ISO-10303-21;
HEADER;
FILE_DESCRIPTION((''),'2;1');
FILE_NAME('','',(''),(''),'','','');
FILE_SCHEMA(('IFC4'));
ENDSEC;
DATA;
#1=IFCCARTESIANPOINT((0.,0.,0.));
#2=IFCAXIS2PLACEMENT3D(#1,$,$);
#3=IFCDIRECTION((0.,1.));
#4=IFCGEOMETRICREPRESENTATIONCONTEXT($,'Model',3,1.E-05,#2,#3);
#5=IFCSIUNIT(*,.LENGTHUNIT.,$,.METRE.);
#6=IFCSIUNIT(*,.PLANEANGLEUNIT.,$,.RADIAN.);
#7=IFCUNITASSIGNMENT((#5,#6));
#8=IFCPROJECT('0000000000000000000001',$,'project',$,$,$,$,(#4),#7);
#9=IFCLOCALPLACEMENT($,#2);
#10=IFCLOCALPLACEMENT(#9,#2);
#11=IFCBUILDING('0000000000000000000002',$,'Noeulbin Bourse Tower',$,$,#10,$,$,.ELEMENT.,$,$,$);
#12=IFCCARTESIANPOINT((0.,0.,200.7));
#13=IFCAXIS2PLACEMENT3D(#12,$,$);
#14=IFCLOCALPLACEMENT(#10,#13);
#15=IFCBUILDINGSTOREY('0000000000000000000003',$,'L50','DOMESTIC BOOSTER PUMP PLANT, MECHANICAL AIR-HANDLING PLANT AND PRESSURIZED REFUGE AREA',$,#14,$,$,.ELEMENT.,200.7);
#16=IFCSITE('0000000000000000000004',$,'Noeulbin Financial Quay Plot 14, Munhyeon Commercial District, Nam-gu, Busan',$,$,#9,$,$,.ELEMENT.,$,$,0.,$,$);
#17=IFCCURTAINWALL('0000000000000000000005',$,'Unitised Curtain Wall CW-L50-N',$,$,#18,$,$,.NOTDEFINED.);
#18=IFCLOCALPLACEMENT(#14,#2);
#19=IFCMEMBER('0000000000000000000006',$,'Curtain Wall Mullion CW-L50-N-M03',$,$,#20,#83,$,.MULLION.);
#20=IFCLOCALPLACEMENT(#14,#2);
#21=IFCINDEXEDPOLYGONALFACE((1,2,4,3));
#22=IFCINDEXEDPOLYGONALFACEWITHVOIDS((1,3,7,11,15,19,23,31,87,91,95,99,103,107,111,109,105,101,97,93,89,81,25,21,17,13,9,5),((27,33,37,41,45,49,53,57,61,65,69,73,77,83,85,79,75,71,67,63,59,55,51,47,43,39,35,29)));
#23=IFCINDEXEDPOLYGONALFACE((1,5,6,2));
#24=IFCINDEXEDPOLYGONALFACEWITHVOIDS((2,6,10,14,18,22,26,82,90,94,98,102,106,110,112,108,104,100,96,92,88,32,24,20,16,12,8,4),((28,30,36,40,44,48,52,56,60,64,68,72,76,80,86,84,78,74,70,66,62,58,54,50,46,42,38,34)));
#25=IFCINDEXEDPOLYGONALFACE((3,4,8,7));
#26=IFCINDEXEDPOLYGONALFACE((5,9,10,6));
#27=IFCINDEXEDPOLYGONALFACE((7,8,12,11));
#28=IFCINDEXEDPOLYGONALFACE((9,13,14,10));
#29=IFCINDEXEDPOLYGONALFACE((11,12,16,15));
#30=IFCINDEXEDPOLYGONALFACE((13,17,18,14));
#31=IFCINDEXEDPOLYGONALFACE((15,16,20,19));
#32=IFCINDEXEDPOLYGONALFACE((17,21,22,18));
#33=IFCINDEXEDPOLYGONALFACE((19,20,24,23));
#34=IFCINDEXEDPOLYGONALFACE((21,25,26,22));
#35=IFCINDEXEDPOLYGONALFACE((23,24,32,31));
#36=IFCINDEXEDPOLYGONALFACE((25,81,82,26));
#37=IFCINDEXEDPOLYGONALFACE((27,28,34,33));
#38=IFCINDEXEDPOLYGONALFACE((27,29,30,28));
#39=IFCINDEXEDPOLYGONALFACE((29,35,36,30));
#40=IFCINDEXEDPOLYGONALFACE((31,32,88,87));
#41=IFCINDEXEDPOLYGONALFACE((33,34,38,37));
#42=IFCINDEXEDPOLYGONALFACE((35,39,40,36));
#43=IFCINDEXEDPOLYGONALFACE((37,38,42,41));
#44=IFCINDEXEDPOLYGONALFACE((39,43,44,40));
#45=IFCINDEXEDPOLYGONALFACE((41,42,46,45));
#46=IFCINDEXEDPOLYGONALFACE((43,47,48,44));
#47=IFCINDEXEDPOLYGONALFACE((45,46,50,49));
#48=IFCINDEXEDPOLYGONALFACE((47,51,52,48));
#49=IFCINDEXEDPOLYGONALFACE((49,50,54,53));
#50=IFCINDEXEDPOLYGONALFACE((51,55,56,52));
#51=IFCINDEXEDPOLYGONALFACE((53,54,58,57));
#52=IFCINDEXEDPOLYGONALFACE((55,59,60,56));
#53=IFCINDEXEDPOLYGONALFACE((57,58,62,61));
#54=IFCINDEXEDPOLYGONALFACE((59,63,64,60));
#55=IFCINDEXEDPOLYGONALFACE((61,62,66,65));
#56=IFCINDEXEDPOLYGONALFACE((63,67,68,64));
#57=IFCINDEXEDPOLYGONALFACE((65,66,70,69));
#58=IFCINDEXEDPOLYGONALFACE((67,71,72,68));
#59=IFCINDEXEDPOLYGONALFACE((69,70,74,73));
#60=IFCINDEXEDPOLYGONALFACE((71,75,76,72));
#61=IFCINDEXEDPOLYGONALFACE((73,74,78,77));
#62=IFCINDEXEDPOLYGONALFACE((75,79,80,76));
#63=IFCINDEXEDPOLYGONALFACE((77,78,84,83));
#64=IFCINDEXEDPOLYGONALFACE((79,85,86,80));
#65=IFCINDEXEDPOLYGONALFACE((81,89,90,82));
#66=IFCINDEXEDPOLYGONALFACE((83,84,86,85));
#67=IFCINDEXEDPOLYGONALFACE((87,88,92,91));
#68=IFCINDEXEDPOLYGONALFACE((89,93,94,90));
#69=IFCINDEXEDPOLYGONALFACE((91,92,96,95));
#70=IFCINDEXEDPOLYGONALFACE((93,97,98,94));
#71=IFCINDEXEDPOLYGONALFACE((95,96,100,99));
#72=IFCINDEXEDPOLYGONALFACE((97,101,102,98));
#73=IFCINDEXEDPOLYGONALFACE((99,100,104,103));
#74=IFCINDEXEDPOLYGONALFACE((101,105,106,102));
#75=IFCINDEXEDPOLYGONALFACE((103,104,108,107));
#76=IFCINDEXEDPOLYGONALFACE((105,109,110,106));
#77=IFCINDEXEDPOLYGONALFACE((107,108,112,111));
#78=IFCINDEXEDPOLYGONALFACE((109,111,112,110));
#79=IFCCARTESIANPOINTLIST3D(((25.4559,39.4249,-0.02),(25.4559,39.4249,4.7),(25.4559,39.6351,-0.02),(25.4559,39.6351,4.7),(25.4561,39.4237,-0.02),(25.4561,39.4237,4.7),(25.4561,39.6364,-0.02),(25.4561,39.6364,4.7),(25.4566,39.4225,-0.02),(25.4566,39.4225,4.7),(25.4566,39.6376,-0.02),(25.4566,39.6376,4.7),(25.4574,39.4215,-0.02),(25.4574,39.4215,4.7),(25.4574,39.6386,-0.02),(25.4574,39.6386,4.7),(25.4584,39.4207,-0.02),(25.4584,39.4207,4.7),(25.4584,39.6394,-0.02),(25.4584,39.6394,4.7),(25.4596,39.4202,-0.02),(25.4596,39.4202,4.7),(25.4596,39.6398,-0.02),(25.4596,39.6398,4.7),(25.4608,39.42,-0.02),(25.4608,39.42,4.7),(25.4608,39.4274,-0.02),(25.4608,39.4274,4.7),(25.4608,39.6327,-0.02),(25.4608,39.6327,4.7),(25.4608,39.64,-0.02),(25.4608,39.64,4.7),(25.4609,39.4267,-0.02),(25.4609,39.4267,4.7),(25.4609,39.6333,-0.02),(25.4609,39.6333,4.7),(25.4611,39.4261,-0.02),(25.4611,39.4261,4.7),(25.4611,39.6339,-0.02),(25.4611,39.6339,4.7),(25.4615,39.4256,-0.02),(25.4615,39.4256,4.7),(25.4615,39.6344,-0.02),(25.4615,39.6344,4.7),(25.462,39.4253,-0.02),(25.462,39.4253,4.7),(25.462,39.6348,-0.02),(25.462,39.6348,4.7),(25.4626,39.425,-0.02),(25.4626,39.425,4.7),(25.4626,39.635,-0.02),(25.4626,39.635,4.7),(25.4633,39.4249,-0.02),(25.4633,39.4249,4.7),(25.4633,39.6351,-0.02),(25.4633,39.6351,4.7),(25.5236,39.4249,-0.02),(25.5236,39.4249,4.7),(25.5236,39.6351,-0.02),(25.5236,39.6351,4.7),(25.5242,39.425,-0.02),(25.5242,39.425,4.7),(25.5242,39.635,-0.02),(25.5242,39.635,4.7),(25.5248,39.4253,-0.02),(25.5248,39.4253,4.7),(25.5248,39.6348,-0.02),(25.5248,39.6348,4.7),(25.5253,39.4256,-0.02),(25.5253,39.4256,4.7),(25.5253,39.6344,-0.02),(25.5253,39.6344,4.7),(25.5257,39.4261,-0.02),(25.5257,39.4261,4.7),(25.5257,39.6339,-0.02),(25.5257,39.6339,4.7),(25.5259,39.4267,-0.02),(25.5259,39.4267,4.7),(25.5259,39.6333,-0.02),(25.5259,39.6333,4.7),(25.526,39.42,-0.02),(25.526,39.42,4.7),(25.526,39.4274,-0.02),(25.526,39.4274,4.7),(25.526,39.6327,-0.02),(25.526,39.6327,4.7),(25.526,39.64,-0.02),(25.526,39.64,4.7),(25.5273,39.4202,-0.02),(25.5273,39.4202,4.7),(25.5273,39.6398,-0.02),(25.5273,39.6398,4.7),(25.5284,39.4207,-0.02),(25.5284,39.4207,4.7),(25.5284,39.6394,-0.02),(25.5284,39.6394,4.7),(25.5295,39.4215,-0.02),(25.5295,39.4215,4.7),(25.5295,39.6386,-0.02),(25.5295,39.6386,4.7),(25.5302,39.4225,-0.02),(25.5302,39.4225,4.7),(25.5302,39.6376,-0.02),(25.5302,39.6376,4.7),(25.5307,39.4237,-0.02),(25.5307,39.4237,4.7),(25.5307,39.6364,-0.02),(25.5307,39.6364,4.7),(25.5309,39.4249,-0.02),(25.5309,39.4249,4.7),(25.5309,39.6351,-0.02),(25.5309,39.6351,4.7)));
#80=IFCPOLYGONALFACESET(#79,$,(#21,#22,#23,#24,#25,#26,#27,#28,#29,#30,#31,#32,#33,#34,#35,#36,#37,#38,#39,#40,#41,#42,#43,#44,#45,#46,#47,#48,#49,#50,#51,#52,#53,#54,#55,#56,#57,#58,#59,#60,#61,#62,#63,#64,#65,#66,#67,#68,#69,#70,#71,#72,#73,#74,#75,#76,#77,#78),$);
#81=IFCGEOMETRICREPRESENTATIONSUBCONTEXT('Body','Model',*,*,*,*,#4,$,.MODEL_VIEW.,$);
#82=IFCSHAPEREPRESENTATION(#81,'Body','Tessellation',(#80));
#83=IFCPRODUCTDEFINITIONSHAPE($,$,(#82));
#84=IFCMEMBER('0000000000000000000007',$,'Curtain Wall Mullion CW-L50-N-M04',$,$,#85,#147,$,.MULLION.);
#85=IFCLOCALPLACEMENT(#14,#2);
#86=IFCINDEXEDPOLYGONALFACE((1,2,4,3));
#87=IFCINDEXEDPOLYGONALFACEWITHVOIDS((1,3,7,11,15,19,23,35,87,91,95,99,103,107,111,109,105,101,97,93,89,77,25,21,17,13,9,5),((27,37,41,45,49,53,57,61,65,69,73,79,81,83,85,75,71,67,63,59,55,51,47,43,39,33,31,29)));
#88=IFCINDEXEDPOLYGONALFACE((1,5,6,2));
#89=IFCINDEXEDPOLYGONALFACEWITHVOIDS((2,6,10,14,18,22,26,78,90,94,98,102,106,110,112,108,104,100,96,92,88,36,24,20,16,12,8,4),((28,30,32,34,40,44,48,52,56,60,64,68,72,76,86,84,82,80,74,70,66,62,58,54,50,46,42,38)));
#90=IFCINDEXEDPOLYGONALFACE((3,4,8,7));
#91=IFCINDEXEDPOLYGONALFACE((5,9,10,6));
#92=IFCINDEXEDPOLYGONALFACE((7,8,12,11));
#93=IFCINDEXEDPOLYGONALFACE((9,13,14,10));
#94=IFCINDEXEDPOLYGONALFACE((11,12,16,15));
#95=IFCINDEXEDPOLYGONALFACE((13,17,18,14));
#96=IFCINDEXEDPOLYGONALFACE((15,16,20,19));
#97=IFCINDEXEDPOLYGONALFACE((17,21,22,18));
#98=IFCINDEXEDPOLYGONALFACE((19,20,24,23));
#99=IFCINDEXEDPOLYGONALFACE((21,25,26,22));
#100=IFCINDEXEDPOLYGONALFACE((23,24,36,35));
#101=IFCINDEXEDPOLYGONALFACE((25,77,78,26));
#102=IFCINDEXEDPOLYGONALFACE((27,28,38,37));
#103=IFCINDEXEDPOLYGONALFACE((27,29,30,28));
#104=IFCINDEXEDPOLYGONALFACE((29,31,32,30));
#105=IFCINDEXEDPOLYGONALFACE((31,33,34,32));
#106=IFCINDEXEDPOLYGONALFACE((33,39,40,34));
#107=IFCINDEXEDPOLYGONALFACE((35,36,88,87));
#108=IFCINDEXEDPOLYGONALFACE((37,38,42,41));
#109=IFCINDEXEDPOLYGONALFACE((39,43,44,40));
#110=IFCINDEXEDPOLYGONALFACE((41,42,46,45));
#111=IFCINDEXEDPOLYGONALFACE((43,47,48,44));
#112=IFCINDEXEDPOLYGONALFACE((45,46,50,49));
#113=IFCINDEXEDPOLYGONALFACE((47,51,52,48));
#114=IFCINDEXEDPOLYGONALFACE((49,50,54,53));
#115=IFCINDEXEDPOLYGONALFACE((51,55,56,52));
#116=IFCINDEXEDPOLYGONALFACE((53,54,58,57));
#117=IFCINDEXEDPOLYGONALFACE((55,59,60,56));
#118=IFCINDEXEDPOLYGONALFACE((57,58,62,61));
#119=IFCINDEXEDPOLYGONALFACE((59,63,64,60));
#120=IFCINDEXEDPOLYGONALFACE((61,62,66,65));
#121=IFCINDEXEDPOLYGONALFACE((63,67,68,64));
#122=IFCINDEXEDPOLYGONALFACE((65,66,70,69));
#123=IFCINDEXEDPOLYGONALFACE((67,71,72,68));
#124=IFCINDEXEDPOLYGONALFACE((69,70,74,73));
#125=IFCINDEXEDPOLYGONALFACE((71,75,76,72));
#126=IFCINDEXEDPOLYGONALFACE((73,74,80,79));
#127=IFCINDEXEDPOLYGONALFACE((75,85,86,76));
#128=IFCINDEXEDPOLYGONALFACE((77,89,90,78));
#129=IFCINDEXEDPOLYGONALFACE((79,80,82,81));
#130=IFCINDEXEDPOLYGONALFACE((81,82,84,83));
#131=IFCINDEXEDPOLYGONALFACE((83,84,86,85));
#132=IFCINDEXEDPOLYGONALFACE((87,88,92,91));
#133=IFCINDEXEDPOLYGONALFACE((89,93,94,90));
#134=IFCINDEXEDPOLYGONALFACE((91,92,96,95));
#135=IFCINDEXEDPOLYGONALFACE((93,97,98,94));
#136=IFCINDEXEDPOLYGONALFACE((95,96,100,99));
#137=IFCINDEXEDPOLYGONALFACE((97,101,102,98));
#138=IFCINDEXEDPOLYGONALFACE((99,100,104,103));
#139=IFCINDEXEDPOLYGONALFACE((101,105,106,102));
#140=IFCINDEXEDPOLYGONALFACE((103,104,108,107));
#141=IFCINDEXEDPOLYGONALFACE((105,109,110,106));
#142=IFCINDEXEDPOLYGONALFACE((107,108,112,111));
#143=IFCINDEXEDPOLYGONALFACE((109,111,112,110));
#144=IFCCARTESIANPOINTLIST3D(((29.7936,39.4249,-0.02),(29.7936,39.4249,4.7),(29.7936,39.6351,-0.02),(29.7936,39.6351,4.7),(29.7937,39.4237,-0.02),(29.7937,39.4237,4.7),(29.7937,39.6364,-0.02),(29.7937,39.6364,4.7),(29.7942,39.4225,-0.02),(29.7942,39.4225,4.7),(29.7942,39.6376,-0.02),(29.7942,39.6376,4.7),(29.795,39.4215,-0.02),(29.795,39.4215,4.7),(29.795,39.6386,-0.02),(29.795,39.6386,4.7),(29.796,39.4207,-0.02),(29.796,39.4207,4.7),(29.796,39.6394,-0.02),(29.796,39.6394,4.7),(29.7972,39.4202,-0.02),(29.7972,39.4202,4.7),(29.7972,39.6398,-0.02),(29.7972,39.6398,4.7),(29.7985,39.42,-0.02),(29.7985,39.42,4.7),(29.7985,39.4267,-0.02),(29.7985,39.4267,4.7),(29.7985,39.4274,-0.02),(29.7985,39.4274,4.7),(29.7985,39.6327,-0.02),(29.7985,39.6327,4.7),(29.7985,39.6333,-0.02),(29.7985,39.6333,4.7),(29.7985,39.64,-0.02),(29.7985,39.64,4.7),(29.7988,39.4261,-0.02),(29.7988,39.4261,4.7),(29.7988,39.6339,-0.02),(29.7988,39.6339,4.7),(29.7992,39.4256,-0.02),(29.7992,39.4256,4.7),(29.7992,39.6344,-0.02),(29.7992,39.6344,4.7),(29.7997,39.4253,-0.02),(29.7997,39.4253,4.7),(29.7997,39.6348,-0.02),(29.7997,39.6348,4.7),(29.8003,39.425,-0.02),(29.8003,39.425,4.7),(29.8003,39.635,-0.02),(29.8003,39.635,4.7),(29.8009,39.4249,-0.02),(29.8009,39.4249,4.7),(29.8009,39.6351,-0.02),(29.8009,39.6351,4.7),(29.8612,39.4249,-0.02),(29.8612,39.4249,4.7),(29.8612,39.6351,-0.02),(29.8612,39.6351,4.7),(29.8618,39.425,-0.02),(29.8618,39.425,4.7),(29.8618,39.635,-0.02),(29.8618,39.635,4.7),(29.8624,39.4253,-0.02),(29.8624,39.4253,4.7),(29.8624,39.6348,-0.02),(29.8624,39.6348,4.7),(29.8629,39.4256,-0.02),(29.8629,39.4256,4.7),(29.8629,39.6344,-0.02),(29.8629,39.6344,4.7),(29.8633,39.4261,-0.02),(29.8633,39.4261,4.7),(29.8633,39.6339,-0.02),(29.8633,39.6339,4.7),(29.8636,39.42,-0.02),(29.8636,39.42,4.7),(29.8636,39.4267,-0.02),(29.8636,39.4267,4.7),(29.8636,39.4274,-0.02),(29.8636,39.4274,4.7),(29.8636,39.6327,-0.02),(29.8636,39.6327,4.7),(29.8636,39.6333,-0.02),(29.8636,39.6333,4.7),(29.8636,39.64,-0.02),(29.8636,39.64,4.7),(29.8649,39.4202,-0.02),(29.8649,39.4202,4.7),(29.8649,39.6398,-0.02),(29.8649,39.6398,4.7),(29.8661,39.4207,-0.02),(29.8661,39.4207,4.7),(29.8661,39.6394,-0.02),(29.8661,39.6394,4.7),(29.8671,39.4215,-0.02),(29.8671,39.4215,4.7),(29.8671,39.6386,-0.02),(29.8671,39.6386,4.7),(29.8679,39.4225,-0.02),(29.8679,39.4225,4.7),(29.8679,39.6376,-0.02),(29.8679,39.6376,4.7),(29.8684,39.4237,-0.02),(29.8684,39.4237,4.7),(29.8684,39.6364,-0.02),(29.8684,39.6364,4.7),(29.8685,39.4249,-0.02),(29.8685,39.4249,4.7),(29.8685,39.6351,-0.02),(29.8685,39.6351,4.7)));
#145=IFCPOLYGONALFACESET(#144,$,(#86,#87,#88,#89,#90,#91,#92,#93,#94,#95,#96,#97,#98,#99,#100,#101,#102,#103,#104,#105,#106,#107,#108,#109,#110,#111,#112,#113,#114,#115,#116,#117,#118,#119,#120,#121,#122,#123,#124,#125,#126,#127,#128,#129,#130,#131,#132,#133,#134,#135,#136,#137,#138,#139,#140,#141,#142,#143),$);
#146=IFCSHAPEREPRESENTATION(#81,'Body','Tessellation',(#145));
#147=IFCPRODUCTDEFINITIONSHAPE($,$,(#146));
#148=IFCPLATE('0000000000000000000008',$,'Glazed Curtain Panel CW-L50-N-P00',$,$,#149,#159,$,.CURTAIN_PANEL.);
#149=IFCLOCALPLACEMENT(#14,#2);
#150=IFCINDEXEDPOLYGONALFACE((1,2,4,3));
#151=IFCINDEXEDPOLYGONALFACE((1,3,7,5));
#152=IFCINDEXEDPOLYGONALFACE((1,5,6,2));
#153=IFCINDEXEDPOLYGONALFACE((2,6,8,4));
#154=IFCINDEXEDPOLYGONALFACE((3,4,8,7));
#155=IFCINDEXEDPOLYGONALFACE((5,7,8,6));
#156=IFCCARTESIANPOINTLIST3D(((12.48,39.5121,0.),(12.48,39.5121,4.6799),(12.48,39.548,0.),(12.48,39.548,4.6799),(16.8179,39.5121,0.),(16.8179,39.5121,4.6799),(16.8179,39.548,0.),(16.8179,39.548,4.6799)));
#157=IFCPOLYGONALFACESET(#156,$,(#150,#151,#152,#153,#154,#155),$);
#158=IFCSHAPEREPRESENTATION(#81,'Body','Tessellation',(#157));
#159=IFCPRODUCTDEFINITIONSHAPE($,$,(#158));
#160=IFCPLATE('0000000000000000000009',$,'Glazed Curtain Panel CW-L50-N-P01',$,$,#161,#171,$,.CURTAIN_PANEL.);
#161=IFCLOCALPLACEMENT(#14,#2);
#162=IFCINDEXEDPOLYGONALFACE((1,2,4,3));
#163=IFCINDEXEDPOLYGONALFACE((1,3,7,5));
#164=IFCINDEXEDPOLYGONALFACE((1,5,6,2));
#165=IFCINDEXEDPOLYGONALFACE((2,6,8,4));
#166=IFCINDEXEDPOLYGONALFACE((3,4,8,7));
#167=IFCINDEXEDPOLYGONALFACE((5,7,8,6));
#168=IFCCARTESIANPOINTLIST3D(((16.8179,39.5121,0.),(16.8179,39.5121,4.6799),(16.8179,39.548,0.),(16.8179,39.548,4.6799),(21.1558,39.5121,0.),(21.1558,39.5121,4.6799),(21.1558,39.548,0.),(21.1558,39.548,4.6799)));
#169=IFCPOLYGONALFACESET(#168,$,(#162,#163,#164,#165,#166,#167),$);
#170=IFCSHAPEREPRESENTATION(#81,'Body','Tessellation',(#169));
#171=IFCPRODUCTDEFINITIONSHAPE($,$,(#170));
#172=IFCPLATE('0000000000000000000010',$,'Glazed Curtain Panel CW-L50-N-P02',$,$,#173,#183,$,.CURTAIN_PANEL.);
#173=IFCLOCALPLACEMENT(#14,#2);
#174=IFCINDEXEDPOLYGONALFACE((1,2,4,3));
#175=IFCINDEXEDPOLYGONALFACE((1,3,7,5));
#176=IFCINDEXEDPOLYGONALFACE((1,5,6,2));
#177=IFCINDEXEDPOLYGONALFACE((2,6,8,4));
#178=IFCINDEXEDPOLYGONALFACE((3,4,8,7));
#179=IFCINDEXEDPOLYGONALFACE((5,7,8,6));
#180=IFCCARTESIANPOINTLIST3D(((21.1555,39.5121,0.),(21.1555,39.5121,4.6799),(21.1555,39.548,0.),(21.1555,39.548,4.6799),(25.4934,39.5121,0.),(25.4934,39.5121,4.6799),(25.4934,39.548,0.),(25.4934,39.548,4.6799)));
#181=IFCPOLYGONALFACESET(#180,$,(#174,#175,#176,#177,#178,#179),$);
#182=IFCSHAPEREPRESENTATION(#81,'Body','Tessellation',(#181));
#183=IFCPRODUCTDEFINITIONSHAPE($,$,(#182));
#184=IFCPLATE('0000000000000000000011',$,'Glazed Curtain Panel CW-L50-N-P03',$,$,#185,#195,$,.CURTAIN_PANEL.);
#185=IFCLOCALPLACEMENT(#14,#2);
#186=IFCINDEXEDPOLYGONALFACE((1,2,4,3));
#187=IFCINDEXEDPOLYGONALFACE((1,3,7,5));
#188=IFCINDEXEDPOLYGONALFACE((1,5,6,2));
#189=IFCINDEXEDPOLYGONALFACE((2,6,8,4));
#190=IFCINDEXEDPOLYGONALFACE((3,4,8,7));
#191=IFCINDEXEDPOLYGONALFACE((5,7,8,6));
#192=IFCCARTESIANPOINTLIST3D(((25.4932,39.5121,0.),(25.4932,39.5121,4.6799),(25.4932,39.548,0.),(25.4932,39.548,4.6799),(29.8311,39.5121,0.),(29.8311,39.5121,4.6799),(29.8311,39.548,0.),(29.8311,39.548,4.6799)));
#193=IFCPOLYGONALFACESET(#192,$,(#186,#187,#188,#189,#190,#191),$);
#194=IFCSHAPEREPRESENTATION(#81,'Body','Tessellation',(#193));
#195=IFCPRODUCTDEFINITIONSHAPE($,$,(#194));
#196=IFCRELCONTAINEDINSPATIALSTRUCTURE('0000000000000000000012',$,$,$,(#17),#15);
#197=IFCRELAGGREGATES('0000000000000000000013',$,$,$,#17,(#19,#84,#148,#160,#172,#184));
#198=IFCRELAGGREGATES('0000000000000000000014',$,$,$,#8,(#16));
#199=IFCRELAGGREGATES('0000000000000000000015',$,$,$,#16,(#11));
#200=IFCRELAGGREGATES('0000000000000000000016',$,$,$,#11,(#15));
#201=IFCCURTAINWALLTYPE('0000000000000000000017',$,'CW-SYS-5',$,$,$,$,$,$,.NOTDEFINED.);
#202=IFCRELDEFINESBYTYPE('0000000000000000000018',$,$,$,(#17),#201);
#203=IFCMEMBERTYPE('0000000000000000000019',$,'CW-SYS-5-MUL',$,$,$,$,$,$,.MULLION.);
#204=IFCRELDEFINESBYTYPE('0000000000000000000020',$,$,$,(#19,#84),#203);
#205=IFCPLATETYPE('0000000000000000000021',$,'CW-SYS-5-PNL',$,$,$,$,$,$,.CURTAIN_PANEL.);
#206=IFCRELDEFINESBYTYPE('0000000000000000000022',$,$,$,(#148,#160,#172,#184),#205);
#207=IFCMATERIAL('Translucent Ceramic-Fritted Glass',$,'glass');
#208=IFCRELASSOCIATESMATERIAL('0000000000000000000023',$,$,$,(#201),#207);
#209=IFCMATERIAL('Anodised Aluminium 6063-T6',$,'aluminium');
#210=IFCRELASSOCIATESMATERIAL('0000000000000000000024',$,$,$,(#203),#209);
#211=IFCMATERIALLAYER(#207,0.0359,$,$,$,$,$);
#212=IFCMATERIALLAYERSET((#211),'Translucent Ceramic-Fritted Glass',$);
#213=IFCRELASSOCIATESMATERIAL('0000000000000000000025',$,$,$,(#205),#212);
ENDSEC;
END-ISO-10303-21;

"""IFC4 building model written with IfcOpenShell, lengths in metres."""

from ifc_helpers import new_model, si_unit, direction, frame, origin, origin_2d, place, context, subcontext, project, spatial, rectangle, hollow_rectangle, extrude, material, layer, layer_set, material_profile, profile_set, type_object, element, aggregate, save


model = new_model("IFC4")

# Units and contexts
model_context = context("Model", 3, precision=1e-05, world=origin(), true_north=direction((0.0, 1.0)))
body_context = subcontext(model_context, "Body", "Model", "MODEL_VIEW")
ifc_project = project(units=[si_unit("LENGTHUNIT", "METRE"), si_unit("PLANEANGLEUNIT", "RADIAN")], contexts=[model_context])

# Site, building, storey
site_placement = place(None, origin())
site = spatial("IfcSite", under=ifc_project, at=site_placement, Name="Noeulbin Financial Quay Plot 14, Munhyeon Commercial District, Nam-gu, Busan", CompositionType="ELEMENT", RefElevation=0.0)
building_placement = place(site_placement, origin())
building = spatial("IfcBuilding", under=site, at=building_placement, Name="Noeulbin Bourse Tower", CompositionType="ELEMENT")
storey_placement = place(building_placement, frame((0.0, 0.0, 200.7)))
storey = spatial("IfcBuildingStorey", under=building, at=storey_placement, Name="L50", Description="DOMESTIC BOOSTER PUMP PLANT, MECHANICAL AIR-HANDLING PLANT AND PRESSURIZED REFUGE AREA", CompositionType="ELEMENT", Elevation=200.7)

# Curtain wall, members, plates
ifc_material_1 = material(Name="Translucent Ceramic-Fritted Glass", Category="glass")
curtain_wall_type = type_object("IfcCurtainWallType", Name="CW-SYS-5", PredefinedType="NOTDEFINED", material=ifc_material_1)
curtain_wall_placement = place(storey_placement, origin())
curtain_wall = element("IfcCurtainWall", 1, at=curtain_wall_placement, inside=storey, type_object=curtain_wall_type, Name="Unitised Curtain Wall CW-L50-N", PredefinedType="NOTDEFINED")
ifc_material_2 = material(Name="Anodised Aluminium 6063-T6", Category="aluminium")
ifc_material_profile_1 = material_profile(ifc_material_2, hollow_rectangle(XDim=0.075, YDim=0.22, WallThickness=0.0049, InnerFilletRadius=0.0024, OuterFilletRadius=0.0049, at=origin_2d()), Name="ALU-MULL-75x220x5", Category="LoadBearing")
ifc_profile_set_1 = profile_set([ifc_material_profile_1], Name="Anodised Aluminium 6063-T6")
member_type = type_object("IfcMemberType", Name="CW-SYS-5-MUL", PredefinedType="MULLION", material=ifc_profile_set_1)
member_1_placement = place(storey_placement, frame((25.4934, 39.53, -0.02), z_axis=(0.0, 0.0, 1.0), x_axis=(1.0, 0.0, 0.0)))
member_1 = element("IfcMember", 2, at=member_1_placement, type_object=member_type, Name="Curtain Wall Mullion CW-L50-N-M03", PredefinedType="MULLION", context=body_context, shape_type="SweptSolid", body=[
    extrude(hollow_rectangle(XDim=0.075, YDim=0.22, WallThickness=0.0049, InnerFilletRadius=0.0024, OuterFilletRadius=0.0049, at=origin_2d()), origin(), (0.0, 0.0, 1.0), 4.72),
])
member_2_placement = place(storey_placement, frame((29.8311, 39.53, -0.02), z_axis=(0.0, 0.0, 1.0), x_axis=(1.0, 0.0, 0.0)))
member_2 = element("IfcMember", 3, at=member_2_placement, type_object=member_type, Name="Curtain Wall Mullion CW-L50-N-M04", PredefinedType="MULLION", context=body_context, shape_type="SweptSolid", body=[
    extrude(hollow_rectangle(XDim=0.075, YDim=0.22, WallThickness=0.0049, InnerFilletRadius=0.0024, OuterFilletRadius=0.0049, at=origin_2d()), origin(), (0.0, 0.0, 1.0), 4.72),
])
ifc_layer_1 = layer(ifc_material_1, 0.0359)
ifc_layer_set_1 = layer_set([ifc_layer_1], Name="Translucent Ceramic-Fritted Glass")
plate_type_1 = type_object("IfcPlateType", Name="CW-SYS-5-PNL", PredefinedType="CURTAIN_PANEL", material=ifc_layer_set_1)
plate_1_placement = place(storey_placement, frame((14.6489, 39.53, 0.0), z_axis=(0.0, 0.0, 1.0), x_axis=(1.0, 0.0, 0.0)))
plate_1 = element("IfcPlate", 4, at=plate_1_placement, type_object=plate_type_1, Name="Glazed Curtain Panel CW-L50-N-P00", PredefinedType="CURTAIN_PANEL", context=body_context, shape_type="SweptSolid", body=[
    extrude(rectangle(XDim=4.3379, YDim=0.0359, at=origin_2d()), origin(), (0.0, 0.0, 1.0), 4.6799),
])
plate_2_placement = place(storey_placement, frame((18.9868, 39.53, 0.0), z_axis=(0.0, 0.0, 1.0), x_axis=(1.0, 0.0, 0.0)))
plate_2 = element("IfcPlate", 5, at=plate_2_placement, type_object=plate_type_1, Name="Glazed Curtain Panel CW-L50-N-P01", PredefinedType="CURTAIN_PANEL", context=body_context, shape_type="SweptSolid", body=[
    extrude(rectangle(XDim=4.3379, YDim=0.0359, at=origin_2d()), origin(), (0.0, 0.0, 1.0), 4.6799),
])
plate_3_placement = place(storey_placement, frame((23.3245, 39.53, 0.0), z_axis=(0.0, 0.0, 1.0), x_axis=(1.0, 0.0, 0.0)))
plate_3 = element("IfcPlate", 6, at=plate_3_placement, type_object=plate_type_1, Name="Glazed Curtain Panel CW-L50-N-P02", PredefinedType="CURTAIN_PANEL", context=body_context, shape_type="SweptSolid", body=[
    extrude(rectangle(XDim=4.3379, YDim=0.0359, at=origin_2d()), origin(), (0.0, 0.0, 1.0), 4.6799),
])
plate_4_placement = place(storey_placement, frame((27.6621, 39.53, 0.0), z_axis=(0.0, 0.0, 1.0), x_axis=(1.0, 0.0, 0.0)))
plate_4 = element("IfcPlate", 7, at=plate_4_placement, type_object=plate_type_1, Name="Glazed Curtain Panel CW-L50-N-P03", PredefinedType="CURTAIN_PANEL", context=body_context, shape_type="SweptSolid", body=[
    extrude(rectangle(XDim=4.3379, YDim=0.0359, at=origin_2d()), origin(), (0.0, 0.0, 1.0), 4.6799),
])
aggregate(curtain_wall, [member_1, member_2, plate_1, plate_2, plate_3, plate_4])

save(model, "model.ifc")
